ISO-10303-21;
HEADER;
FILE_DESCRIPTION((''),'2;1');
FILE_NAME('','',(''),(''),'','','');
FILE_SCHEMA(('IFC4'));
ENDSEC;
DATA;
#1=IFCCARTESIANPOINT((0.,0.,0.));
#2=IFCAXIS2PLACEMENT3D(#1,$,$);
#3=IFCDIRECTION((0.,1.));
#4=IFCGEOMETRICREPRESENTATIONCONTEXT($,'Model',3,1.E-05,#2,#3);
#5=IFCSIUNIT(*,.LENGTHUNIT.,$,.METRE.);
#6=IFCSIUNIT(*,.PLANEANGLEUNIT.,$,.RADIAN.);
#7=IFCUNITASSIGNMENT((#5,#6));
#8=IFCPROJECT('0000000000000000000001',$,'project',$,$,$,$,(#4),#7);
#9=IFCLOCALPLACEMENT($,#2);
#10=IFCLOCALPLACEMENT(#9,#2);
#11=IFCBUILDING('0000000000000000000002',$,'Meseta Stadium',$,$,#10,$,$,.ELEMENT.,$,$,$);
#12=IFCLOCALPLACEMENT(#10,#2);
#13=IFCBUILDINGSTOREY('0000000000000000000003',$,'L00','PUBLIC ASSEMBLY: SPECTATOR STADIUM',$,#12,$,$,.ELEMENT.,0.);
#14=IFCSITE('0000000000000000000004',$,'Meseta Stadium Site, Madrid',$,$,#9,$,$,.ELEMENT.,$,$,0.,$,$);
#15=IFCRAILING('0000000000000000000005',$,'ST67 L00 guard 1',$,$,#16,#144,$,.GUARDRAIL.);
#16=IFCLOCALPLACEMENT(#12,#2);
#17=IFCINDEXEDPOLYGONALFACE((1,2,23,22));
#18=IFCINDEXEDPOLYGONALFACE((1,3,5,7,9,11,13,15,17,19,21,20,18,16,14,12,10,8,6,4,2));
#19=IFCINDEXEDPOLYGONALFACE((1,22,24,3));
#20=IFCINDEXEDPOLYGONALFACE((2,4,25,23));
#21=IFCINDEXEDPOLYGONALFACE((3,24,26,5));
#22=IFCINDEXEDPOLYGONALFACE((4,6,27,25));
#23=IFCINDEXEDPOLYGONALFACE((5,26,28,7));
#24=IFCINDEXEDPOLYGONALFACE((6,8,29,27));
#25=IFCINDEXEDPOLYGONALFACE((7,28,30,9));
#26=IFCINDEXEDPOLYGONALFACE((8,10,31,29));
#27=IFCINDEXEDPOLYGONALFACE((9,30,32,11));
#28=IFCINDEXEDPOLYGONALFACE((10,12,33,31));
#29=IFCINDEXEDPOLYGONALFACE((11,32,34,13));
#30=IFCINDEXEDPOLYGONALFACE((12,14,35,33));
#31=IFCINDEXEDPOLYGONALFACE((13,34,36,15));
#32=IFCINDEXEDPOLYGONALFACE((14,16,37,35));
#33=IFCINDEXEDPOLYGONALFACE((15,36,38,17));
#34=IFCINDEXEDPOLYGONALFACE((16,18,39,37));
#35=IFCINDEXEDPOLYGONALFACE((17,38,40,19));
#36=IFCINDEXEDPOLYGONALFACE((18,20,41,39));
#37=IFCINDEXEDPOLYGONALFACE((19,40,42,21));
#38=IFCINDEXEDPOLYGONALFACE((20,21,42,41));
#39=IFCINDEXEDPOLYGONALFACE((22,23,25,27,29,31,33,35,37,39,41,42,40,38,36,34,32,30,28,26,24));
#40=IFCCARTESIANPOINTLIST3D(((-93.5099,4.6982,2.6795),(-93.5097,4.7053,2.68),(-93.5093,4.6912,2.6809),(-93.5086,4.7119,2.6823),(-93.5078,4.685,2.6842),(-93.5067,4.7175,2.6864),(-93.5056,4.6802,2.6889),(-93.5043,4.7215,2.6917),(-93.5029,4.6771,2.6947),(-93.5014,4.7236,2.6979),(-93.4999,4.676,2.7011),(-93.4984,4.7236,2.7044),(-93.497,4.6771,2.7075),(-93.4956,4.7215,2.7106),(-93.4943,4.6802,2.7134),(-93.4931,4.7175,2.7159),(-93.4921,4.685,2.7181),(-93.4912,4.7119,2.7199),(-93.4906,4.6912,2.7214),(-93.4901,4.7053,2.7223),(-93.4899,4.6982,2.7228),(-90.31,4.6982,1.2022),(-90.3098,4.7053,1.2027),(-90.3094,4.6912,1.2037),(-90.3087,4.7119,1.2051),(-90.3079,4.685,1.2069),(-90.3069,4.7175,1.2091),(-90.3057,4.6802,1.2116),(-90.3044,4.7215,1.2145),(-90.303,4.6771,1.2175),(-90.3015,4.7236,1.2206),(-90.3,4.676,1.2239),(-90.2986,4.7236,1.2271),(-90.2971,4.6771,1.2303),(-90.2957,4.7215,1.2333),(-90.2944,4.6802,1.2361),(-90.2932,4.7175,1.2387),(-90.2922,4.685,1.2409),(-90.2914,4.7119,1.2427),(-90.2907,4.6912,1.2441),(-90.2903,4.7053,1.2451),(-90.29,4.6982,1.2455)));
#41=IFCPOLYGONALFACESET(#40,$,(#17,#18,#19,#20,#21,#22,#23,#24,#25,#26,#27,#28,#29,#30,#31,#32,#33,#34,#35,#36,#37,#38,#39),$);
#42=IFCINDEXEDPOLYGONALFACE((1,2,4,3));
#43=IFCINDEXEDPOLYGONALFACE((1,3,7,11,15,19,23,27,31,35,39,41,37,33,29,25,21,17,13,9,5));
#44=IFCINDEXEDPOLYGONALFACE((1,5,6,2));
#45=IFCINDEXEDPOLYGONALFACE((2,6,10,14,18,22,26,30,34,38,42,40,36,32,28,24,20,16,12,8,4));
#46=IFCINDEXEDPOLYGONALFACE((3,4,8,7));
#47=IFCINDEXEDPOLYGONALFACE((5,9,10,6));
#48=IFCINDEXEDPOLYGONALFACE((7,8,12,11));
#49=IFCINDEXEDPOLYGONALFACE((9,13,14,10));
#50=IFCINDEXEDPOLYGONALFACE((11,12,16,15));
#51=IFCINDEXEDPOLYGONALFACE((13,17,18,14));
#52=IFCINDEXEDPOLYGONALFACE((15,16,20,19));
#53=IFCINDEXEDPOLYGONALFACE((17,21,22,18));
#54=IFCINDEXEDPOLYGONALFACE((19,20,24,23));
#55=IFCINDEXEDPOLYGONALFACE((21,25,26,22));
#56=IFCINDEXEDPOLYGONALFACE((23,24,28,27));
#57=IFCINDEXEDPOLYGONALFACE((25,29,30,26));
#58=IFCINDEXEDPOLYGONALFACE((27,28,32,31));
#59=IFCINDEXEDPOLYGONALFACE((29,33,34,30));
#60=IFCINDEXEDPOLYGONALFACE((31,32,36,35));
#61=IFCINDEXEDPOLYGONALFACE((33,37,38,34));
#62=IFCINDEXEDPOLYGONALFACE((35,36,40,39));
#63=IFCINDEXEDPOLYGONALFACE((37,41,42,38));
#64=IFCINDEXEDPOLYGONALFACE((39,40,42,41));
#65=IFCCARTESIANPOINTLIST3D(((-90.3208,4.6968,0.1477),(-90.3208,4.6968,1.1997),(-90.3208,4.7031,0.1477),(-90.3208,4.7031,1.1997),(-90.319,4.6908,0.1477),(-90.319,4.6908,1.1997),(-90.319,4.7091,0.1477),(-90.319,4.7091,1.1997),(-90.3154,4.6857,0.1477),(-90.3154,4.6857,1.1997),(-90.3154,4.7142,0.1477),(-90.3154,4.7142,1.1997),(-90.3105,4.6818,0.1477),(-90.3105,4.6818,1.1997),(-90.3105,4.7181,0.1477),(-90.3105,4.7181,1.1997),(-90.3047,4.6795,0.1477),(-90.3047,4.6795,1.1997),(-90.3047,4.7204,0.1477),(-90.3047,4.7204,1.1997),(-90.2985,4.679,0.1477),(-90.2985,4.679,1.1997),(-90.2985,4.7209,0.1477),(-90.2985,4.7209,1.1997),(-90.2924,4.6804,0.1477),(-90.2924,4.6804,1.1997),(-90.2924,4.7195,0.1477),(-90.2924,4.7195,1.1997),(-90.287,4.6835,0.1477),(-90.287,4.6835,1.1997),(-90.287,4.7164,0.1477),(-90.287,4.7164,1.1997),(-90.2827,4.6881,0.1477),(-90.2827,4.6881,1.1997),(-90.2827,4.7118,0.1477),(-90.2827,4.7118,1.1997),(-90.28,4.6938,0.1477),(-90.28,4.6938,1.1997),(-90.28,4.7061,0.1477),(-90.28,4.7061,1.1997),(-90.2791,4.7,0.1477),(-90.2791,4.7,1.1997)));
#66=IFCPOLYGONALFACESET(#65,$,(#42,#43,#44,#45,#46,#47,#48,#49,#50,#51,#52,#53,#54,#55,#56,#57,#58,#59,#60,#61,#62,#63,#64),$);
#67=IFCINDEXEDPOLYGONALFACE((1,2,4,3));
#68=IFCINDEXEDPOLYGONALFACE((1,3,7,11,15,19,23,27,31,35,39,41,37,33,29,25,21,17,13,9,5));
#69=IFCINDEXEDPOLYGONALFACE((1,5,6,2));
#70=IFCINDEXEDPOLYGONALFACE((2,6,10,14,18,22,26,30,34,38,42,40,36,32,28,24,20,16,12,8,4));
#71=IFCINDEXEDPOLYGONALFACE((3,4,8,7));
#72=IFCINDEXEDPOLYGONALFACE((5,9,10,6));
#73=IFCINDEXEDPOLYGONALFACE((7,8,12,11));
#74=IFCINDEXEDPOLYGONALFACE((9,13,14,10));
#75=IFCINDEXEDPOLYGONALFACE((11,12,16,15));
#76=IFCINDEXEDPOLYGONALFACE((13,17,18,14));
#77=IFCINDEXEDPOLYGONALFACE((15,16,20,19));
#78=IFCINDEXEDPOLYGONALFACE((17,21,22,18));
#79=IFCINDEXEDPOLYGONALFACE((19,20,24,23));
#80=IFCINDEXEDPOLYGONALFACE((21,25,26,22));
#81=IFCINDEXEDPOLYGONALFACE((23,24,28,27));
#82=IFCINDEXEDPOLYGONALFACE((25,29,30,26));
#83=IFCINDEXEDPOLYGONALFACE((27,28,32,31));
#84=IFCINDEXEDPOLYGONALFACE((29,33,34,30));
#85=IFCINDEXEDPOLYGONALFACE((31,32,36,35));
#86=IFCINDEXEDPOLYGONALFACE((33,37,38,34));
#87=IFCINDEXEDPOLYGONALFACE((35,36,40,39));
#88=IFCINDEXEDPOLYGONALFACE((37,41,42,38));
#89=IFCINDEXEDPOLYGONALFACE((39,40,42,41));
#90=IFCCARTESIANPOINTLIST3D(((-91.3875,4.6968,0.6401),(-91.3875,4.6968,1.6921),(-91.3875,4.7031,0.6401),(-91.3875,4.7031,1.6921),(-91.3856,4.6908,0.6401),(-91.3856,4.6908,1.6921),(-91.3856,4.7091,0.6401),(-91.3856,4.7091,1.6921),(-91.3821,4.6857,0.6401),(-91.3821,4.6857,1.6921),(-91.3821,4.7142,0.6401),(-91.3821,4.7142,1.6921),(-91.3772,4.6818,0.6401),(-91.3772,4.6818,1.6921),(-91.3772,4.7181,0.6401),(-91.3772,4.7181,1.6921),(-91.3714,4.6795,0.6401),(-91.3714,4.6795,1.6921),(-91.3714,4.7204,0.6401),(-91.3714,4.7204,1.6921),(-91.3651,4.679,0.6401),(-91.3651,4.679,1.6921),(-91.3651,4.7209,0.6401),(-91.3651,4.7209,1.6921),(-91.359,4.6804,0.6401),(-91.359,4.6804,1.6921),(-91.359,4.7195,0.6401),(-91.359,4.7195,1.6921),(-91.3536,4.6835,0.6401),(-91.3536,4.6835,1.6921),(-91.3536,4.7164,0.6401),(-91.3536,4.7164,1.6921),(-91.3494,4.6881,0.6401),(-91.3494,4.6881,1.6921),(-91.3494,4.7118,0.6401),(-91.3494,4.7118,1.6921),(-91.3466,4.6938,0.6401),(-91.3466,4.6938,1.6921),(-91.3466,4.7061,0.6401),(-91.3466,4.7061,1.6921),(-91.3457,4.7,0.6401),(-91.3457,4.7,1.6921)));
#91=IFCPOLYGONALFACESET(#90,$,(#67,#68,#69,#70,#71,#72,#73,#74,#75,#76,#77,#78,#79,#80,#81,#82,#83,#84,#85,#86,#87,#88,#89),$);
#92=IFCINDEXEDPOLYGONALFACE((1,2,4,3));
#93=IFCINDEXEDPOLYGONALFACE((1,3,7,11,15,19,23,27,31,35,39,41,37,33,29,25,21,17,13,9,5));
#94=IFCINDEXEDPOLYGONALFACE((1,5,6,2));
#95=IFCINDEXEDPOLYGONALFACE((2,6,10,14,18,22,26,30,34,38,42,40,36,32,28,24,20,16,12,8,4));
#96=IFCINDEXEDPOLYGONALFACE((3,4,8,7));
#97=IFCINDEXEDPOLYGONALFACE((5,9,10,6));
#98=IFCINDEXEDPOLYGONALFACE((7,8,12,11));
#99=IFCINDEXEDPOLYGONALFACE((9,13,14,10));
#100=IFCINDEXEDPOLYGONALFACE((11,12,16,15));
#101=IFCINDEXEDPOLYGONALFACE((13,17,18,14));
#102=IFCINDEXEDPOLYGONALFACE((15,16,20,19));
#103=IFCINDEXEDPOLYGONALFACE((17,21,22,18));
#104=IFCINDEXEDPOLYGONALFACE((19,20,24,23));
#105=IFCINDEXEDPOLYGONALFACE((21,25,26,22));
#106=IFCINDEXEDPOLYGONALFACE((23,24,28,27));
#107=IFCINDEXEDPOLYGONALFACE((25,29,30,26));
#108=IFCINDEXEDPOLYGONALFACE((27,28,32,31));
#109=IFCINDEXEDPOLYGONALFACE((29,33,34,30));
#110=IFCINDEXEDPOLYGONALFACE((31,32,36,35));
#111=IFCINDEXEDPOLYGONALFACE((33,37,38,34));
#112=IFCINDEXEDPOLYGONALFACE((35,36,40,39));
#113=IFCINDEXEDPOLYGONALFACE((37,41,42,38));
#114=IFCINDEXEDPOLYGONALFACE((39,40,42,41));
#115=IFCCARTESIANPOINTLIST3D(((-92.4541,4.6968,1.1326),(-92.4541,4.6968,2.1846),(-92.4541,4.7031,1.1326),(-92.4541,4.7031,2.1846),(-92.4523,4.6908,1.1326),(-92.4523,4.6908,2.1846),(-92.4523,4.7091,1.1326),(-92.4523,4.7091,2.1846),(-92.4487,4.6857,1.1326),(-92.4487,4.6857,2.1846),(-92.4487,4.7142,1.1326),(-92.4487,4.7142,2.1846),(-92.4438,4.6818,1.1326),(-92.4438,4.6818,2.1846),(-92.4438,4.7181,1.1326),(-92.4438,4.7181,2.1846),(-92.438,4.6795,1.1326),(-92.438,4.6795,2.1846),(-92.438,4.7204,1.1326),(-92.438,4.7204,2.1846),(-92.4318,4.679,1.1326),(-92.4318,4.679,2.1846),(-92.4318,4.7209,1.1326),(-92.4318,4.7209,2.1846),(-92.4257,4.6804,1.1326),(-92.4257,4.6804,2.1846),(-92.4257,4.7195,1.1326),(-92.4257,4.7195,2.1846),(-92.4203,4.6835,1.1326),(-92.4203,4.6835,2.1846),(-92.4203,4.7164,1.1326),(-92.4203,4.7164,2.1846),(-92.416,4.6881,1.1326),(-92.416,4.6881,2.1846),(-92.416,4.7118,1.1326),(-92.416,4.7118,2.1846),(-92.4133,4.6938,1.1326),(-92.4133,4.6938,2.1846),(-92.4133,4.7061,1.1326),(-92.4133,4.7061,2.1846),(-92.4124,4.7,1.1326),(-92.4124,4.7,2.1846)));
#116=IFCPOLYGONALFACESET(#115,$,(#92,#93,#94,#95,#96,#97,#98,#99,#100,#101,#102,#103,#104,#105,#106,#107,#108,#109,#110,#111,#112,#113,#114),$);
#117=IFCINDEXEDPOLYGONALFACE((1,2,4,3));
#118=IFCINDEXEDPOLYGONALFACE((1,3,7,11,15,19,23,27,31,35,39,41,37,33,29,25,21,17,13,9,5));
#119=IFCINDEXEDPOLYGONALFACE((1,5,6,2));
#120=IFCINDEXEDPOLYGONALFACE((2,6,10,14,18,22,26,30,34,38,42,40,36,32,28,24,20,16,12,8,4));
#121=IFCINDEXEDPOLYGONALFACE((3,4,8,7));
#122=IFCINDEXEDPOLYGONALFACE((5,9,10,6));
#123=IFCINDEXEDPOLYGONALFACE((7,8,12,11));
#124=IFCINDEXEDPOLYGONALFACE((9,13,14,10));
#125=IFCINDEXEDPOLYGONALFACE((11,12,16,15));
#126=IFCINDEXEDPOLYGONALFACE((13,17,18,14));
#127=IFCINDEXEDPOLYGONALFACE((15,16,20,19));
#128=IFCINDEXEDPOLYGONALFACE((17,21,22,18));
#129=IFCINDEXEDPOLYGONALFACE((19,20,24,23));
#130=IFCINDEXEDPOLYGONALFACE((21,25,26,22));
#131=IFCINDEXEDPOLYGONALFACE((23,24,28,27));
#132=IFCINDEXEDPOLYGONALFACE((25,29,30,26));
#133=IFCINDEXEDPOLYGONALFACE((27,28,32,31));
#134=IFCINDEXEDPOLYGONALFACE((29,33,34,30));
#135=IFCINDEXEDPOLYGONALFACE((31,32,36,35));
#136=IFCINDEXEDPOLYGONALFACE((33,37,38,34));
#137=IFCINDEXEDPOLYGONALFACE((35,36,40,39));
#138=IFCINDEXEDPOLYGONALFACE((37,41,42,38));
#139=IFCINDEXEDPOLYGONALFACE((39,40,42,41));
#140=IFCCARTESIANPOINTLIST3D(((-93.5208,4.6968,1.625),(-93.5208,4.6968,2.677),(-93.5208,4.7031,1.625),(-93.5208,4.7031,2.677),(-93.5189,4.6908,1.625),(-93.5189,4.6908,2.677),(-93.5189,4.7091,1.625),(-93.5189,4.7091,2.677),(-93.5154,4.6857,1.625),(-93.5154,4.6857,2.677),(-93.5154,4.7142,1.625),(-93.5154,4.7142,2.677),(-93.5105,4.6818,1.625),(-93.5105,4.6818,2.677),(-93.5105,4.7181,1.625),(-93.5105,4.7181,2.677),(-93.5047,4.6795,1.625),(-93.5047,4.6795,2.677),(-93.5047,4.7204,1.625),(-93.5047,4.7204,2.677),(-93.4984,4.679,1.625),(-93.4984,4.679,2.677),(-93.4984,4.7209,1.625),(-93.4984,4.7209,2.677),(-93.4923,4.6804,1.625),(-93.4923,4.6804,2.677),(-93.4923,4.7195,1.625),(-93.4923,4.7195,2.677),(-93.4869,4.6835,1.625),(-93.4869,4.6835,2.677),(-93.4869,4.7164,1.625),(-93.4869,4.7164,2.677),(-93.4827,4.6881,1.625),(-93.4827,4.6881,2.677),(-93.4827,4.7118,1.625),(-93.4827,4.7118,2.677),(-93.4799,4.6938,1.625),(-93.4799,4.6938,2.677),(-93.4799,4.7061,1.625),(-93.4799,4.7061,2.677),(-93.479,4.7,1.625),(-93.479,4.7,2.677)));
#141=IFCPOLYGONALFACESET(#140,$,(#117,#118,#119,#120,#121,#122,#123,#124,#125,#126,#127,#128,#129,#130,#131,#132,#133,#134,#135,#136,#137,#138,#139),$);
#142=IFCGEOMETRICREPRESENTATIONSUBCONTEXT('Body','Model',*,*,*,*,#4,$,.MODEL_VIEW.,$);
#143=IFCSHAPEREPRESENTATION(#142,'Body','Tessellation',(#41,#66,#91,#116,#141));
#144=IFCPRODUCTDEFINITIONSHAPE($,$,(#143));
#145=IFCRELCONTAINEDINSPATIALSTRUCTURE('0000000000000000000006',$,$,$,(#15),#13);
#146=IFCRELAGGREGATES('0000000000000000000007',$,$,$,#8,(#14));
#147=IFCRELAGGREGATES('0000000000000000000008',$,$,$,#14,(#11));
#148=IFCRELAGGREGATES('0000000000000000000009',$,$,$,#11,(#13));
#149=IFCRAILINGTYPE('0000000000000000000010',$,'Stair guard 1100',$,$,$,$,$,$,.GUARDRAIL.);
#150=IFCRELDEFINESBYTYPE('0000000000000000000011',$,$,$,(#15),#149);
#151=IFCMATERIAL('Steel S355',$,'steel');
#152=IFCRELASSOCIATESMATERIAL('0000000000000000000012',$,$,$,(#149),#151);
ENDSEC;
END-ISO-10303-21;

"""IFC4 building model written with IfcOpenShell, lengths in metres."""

from ifc_helpers import new_model, si_unit, direction, frame, origin, origin_2d, place, context, subcontext, project, spatial, circle, extrude, material, type_object, element, save


model = new_model("IFC4")

# Units and contexts
model_context = context("Model", 3, precision=1e-05, world=origin(), true_north=direction((0.0, 1.0)))
body_context = subcontext(model_context, "Body", "Model", "MODEL_VIEW")
ifc_project = project(units=[si_unit("LENGTHUNIT", "METRE"), si_unit("PLANEANGLEUNIT", "RADIAN")], contexts=[model_context])

# Site, building, storey
site_placement = place(None, origin())
site = spatial("IfcSite", under=ifc_project, at=site_placement, Name="Meseta Stadium Site, Madrid", CompositionType="ELEMENT", RefElevation=0.0)
building_placement = place(site_placement, origin())
building = spatial("IfcBuilding", under=site, at=building_placement, Name="Meseta Stadium", CompositionType="ELEMENT")
storey_placement = place(building_placement, origin())
storey = spatial("IfcBuildingStorey", under=building, at=storey_placement, Name="L00", Description="PUBLIC ASSEMBLY: SPECTATOR STADIUM", CompositionType="ELEMENT", Elevation=0.0)

# Railing
ifc_material_1 = material(Name="Steel S355", Category="steel")
railing_type_1 = type_object("IfcRailingType", Name="Stair guard 1100", PredefinedType="GUARDRAIL", material=ifc_material_1)
railing_1_placement = place(storey_placement, frame((-90.3, 4.7, 0.1477)))
element("IfcRailing", 1, at=railing_1_placement, inside=storey, type_object=railing_type_1, Name="ST67 L00 guard 1", PredefinedType="GUARDRAIL", context=body_context, shape_type="SweptSolid", body=[
    extrude(circle(Radius=0.0239, at=origin_2d()), frame((0.0, 0.0, 1.0762), z_axis=(-0.907917, 0.0, 0.41915), x_axis=(0.0, -1.0, 0.0)), (0.0, 0.0, 1.0), 3.5244),
    extrude(circle(Radius=0.021, at=origin_2d()), origin(), (0.0, 0.0, 1.0), 1.052),
    extrude(circle(Radius=0.021, at=origin_2d()), frame((-1.0667, 0.0, 0.4924)), (0.0, 0.0, 1.0), 1.052),
    extrude(circle(Radius=0.021, at=origin_2d()), frame((-2.1333, 0.0, 0.9849)), (0.0, 0.0, 1.0), 1.052),
    extrude(circle(Radius=0.021, at=origin_2d()), frame((-3.2, 0.0, 1.4773)), (0.0, 0.0, 1.0), 1.052),
])

save(model, "model.ifc")
